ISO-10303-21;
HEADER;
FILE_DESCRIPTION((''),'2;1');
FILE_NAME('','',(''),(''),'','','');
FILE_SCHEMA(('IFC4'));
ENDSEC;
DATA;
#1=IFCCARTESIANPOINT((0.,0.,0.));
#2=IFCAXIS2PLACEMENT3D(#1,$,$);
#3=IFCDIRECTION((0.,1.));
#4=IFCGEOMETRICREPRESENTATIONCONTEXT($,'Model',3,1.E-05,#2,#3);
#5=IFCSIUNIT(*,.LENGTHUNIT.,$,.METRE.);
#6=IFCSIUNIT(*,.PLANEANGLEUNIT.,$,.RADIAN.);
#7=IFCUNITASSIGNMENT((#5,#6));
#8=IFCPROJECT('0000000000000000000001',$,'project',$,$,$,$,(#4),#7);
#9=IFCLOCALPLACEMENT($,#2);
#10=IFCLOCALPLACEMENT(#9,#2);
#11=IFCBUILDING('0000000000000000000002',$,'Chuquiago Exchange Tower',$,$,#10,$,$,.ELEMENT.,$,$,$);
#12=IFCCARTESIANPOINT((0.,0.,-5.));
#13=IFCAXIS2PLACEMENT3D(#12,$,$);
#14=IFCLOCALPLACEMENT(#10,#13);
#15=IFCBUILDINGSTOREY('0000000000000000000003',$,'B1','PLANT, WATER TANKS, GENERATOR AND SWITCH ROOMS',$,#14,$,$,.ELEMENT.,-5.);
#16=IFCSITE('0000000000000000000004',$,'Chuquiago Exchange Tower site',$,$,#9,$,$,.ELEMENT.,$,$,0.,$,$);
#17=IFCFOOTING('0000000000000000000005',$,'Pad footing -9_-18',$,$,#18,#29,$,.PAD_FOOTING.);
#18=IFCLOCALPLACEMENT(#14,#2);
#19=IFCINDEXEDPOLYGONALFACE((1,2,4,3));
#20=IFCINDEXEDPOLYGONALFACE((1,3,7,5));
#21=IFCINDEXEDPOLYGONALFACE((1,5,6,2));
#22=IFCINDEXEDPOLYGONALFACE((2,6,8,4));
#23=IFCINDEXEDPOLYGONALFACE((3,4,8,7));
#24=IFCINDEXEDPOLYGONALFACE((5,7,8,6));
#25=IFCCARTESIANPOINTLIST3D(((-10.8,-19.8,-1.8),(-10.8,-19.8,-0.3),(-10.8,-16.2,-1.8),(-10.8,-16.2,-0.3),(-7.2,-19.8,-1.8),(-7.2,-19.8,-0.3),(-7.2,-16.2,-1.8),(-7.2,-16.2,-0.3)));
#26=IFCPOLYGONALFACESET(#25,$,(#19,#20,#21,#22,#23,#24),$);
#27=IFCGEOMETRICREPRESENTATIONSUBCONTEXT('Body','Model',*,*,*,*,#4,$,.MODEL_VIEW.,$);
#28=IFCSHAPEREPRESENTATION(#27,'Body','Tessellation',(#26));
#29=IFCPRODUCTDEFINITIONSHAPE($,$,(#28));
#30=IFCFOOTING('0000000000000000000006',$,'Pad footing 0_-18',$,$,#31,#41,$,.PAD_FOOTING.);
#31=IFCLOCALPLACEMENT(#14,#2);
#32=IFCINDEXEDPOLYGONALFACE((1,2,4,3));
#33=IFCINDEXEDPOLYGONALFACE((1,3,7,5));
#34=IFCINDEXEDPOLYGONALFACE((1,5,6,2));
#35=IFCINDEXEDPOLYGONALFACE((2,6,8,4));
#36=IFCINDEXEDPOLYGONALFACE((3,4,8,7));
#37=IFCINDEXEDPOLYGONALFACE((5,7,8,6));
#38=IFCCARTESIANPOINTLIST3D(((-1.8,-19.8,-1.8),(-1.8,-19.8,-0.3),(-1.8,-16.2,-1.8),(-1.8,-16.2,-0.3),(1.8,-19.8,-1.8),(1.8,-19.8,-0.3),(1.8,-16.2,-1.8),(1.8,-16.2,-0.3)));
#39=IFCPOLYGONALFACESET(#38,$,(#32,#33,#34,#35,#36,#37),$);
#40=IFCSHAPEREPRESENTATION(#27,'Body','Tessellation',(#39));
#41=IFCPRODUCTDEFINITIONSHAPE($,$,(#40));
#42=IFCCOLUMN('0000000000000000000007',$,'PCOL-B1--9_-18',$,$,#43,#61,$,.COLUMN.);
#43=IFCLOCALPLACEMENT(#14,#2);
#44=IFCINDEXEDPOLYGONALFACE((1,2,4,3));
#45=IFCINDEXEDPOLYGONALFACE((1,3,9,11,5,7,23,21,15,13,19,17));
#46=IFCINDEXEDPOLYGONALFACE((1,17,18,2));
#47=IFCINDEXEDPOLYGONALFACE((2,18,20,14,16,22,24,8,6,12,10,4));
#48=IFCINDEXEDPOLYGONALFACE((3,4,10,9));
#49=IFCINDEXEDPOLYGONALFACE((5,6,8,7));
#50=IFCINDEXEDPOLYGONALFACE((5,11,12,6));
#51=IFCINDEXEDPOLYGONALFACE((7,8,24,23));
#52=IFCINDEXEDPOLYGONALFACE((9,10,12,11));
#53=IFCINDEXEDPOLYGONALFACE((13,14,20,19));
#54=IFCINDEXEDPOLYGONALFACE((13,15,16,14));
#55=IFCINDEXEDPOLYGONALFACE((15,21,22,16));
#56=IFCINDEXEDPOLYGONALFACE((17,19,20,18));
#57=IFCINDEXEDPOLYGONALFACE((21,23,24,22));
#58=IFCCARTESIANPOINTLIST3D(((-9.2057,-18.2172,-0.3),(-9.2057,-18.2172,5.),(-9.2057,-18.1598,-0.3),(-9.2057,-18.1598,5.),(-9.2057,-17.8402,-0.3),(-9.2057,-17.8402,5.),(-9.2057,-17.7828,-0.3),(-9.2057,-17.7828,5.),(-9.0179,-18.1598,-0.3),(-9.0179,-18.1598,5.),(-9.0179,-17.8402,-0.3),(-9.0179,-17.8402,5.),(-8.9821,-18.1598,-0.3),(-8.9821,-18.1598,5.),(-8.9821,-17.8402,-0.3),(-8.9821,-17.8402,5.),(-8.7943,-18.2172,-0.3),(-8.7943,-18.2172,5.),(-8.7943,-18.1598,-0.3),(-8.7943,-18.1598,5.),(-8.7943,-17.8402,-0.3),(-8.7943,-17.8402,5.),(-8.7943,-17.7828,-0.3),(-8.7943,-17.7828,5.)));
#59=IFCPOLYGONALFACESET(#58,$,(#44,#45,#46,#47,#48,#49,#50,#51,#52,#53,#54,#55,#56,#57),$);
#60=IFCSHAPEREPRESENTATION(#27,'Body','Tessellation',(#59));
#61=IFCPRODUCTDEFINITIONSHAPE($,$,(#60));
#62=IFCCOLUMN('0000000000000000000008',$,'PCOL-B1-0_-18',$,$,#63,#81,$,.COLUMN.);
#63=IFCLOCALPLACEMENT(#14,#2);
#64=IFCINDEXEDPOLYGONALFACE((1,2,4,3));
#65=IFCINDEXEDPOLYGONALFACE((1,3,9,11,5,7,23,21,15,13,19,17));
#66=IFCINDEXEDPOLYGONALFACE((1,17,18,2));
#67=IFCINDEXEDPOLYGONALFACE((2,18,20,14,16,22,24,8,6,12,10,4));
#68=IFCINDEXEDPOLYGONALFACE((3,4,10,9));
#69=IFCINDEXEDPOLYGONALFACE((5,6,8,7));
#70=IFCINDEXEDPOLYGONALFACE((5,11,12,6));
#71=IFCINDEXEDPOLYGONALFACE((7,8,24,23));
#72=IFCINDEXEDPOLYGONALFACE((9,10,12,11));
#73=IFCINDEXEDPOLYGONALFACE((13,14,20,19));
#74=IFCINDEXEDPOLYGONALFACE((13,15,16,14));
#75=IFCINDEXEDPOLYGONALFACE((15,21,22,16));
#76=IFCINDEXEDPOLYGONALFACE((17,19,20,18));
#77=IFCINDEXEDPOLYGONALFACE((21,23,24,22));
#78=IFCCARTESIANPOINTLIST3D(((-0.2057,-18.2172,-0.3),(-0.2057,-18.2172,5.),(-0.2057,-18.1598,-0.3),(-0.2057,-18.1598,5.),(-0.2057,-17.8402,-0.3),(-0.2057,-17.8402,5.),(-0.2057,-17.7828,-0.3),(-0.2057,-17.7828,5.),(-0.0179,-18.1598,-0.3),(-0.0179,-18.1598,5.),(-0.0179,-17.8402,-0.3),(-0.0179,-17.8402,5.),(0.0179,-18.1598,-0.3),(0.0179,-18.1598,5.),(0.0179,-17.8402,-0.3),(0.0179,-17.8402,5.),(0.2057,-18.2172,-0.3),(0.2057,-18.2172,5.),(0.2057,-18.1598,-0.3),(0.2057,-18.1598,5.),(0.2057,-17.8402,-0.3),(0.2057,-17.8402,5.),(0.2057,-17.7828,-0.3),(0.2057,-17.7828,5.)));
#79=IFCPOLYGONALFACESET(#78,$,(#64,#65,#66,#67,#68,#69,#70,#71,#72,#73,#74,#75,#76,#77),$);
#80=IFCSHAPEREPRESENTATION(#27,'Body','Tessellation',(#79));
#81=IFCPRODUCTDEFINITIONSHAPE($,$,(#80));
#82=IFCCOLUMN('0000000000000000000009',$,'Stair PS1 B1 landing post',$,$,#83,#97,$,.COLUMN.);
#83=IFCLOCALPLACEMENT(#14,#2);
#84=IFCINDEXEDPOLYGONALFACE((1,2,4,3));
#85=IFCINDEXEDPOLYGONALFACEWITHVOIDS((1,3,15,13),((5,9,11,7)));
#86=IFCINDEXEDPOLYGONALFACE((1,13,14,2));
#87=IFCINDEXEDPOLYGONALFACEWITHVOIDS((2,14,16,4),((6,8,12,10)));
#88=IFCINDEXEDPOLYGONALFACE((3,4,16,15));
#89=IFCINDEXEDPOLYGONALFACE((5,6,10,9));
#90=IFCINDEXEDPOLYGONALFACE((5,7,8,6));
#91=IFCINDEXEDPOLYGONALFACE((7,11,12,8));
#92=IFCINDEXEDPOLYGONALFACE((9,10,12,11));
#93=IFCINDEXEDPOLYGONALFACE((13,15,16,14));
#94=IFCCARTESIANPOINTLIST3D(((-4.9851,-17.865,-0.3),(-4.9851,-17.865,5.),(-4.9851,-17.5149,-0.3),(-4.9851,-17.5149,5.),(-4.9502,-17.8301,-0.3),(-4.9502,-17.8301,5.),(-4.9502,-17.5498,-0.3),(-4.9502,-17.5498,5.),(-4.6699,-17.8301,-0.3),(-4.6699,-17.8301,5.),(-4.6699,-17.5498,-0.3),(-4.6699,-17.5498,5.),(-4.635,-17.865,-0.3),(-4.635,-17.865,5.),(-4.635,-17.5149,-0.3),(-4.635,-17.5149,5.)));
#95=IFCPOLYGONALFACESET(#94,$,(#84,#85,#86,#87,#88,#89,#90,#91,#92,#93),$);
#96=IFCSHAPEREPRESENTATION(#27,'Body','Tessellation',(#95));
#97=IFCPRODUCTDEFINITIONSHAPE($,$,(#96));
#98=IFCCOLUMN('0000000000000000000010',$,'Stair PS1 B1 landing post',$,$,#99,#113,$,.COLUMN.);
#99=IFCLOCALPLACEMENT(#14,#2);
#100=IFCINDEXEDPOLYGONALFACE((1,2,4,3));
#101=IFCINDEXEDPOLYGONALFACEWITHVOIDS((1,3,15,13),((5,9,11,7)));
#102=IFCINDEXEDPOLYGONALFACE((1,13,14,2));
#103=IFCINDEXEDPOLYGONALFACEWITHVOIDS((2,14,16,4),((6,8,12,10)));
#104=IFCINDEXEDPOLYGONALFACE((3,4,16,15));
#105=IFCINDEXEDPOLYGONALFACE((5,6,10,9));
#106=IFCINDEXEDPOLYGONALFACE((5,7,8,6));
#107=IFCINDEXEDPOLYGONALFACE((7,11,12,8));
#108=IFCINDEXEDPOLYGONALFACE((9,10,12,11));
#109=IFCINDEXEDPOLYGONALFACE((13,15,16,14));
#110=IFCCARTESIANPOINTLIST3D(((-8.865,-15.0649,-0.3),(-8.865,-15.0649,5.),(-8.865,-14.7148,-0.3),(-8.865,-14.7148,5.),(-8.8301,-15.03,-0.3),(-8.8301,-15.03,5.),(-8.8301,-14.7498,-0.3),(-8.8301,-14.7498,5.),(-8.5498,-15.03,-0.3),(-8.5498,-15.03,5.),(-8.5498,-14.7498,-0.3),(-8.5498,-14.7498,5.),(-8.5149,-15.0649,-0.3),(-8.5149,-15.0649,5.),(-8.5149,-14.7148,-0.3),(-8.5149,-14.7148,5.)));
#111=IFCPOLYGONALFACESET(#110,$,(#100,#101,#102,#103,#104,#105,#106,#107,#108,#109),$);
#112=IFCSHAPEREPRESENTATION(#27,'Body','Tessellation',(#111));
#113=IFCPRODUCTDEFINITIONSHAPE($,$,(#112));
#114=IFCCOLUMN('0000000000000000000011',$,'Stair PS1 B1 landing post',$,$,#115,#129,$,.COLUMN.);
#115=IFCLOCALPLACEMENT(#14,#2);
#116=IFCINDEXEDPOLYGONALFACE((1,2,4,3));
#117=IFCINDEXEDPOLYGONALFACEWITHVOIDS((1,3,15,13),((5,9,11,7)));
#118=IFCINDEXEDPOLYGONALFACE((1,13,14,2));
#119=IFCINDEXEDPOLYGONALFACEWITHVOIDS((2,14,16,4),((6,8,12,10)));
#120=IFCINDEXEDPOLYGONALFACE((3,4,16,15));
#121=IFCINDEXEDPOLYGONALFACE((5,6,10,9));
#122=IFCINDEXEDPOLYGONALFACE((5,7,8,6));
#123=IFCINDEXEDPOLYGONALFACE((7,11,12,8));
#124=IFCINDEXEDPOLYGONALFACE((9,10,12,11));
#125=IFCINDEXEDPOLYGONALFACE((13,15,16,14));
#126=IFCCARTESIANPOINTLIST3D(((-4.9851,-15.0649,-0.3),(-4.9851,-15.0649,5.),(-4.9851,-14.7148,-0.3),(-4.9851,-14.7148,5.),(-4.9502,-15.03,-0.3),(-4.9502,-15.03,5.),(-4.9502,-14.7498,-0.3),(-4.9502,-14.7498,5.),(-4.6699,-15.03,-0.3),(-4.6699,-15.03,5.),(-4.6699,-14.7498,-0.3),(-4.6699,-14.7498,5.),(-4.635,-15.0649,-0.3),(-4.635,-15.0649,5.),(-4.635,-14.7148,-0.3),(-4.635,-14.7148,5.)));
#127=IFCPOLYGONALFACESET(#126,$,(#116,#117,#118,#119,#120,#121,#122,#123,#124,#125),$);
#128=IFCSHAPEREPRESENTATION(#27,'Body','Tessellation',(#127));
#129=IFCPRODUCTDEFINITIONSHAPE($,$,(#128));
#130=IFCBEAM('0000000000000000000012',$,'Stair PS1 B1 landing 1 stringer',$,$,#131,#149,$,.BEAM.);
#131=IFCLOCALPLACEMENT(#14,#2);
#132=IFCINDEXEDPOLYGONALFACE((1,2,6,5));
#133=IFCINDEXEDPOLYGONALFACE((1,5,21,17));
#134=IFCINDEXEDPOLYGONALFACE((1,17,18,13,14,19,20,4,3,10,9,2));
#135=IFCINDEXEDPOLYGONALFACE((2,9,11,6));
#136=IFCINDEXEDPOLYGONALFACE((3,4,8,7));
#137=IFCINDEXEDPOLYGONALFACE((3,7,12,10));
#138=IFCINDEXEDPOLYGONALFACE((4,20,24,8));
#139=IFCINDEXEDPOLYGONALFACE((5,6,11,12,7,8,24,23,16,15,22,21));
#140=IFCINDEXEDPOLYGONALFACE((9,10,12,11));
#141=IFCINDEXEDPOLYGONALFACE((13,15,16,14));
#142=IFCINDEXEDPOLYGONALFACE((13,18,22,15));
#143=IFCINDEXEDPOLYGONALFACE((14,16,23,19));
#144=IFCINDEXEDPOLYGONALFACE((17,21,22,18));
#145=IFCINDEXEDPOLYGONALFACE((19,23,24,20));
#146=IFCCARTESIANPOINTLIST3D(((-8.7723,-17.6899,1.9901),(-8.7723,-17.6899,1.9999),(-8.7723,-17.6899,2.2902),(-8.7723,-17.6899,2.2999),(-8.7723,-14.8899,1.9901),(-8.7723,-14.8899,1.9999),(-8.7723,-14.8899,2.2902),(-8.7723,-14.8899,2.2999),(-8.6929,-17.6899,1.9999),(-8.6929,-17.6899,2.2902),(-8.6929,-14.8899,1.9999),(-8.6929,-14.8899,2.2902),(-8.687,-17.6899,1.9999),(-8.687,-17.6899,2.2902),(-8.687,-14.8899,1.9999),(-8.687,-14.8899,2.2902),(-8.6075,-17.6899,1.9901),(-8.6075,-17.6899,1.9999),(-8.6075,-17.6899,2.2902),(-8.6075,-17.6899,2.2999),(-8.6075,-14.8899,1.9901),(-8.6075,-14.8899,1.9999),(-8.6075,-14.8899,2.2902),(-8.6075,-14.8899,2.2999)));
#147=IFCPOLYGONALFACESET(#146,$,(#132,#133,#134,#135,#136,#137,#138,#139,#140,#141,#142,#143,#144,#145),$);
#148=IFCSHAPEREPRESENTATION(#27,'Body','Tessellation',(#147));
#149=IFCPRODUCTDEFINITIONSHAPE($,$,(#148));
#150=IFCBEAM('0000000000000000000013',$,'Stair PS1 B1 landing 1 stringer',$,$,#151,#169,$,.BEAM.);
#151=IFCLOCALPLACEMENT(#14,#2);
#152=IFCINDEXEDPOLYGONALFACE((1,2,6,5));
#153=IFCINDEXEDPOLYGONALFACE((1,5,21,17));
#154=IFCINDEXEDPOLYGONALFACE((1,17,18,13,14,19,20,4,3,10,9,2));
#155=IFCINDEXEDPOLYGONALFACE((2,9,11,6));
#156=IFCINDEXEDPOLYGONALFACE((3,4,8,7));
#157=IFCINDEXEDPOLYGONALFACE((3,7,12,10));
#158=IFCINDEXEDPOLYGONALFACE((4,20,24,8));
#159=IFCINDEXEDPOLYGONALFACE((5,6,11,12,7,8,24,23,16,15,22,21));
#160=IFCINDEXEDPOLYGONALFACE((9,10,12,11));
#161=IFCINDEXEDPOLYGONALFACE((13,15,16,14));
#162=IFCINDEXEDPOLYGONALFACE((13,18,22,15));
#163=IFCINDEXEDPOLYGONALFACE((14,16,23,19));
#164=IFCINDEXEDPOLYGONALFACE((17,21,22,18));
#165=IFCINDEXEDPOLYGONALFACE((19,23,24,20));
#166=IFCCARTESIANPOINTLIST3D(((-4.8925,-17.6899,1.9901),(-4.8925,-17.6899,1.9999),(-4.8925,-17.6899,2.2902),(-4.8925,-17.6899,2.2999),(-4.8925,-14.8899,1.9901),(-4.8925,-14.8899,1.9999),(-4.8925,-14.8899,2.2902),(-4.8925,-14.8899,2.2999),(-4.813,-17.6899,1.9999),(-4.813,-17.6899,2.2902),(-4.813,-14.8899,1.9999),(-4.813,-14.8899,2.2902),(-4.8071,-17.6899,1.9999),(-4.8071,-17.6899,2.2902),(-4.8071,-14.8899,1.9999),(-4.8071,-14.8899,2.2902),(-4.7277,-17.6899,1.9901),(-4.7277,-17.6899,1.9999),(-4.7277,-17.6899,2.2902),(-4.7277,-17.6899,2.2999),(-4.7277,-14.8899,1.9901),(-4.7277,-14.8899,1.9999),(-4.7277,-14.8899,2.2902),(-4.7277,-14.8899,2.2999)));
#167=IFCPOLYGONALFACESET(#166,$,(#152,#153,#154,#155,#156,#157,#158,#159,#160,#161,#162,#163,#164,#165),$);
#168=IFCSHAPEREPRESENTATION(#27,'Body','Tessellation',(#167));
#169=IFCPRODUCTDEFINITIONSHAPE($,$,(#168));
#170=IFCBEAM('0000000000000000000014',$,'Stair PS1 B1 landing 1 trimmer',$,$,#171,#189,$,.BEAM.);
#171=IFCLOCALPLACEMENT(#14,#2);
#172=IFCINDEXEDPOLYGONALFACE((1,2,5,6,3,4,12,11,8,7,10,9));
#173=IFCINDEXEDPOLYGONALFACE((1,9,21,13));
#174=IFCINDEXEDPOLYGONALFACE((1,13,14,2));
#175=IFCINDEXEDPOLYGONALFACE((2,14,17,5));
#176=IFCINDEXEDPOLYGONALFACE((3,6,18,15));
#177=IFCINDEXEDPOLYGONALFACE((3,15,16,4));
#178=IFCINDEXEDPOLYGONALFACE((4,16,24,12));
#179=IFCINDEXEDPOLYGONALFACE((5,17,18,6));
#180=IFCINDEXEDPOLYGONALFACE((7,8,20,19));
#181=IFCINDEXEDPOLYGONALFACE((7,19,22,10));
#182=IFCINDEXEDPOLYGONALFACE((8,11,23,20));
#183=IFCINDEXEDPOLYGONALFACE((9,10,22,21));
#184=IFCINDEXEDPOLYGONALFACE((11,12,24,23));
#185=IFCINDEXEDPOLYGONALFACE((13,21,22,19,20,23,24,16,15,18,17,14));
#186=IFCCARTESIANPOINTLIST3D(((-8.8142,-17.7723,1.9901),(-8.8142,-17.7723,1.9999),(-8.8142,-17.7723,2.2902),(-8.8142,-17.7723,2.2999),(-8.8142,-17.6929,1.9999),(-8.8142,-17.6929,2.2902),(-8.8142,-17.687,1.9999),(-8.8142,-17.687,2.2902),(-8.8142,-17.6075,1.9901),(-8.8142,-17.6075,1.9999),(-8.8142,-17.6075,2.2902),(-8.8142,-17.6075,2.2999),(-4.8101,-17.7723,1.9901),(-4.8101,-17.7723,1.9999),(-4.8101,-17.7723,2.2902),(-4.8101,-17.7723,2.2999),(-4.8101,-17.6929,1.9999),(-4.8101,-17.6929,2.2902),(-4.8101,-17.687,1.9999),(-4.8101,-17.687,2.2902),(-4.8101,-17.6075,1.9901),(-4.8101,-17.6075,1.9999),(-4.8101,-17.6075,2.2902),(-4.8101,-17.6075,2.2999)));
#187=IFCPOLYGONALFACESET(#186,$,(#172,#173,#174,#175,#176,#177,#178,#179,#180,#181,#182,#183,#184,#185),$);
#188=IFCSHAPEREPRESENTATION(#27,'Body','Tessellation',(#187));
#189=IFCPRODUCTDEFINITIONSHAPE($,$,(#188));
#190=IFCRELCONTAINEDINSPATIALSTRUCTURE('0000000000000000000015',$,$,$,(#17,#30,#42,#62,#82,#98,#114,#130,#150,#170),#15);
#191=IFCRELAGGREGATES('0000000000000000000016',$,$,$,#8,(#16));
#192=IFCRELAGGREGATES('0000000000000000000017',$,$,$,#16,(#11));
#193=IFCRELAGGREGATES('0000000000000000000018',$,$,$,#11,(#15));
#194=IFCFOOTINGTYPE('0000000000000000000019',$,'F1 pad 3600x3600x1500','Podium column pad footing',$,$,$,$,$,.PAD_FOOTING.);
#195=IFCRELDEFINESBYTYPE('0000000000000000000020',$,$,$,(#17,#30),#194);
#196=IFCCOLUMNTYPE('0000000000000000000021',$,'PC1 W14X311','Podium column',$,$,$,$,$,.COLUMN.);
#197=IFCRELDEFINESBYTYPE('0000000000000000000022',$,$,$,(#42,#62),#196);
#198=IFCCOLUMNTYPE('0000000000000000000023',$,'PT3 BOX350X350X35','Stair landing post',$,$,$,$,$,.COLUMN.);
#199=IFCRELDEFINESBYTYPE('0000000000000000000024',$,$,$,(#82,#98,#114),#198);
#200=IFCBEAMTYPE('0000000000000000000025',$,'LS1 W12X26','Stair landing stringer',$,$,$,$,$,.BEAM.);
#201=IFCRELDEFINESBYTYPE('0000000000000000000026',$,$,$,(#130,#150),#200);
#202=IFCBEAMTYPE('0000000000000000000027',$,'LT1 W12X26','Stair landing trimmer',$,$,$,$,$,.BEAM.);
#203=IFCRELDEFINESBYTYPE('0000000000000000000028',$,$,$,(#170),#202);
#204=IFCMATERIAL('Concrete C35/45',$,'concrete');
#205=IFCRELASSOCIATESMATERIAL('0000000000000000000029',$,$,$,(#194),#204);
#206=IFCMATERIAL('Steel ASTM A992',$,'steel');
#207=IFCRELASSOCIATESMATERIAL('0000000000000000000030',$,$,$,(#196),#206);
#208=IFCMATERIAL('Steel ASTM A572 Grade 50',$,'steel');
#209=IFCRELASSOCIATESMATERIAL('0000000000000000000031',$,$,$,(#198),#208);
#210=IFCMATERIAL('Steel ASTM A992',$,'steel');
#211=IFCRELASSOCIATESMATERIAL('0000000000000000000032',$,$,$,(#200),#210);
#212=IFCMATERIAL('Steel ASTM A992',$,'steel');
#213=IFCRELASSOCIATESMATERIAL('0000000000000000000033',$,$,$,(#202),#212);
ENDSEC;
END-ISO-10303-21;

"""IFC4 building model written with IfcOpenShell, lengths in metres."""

from ifc_helpers import new_model, si_unit, direction, frame, origin, origin_2d, place, context, subcontext, project, spatial, rectangle, hollow_rectangle, i_section, extrude, material, material_profile, profile_set, type_object, element, save


model = new_model("IFC4")

# Units and contexts
model_context = context("Model", 3, precision=1e-05, world=origin(), true_north=direction((0.0, 1.0)))
body_context = subcontext(model_context, "Body", "Model", "MODEL_VIEW")
ifc_project = project(units=[si_unit("LENGTHUNIT", "METRE"), si_unit("PLANEANGLEUNIT", "RADIAN")], contexts=[model_context])

# Site, building, storey
site_placement = place(None, origin())
site = spatial("IfcSite", under=ifc_project, at=site_placement, Name="Chuquiago Exchange Tower site", CompositionType="ELEMENT", RefElevation=0.0)
building_placement = place(site_placement, origin())
building = spatial("IfcBuilding", under=site, at=building_placement, Name="Chuquiago Exchange Tower", CompositionType="ELEMENT")
storey_placement = place(building_placement, frame((0.0, 0.0, -5.0)))
storey = spatial("IfcBuildingStorey", under=building, at=storey_placement, Name="B1", Description="PLANT, WATER TANKS, GENERATOR AND SWITCH ROOMS", CompositionType="ELEMENT", Elevation=-5.0)

# Footings
ifc_material_1 = material(Name="Concrete C35/45", Category="concrete")
footing_type = type_object("IfcFootingType", Name="F1 pad 3600x3600x1500", Description="Podium column pad footing", PredefinedType="PAD_FOOTING", material=ifc_material_1)
for number, where, z_axis, x_axis, name in (
    (1, (-9.0, -18.0, -1.8), (0.0, 0.0, 1.0), (1.0, 0.0, 0.0), "Pad footing -9_-18"),
    (2, (0.0, -18.0, -1.8), (0.0, 0.0, 1.0), (1.0, 0.0, 0.0), "Pad footing 0_-18"),
):
    element("IfcFooting", number, at=place(storey_placement, frame(where, z_axis=z_axis, x_axis=x_axis)), inside=storey, type_object=footing_type, Name=name, PredefinedType="PAD_FOOTING", context=body_context, shape_type="SweptSolid", body=[
        extrude(rectangle(XDim=3.6001, YDim=3.6001, at=origin_2d()), origin(), (0.0, 0.0, 1.0), 1.5),
    ])

# Columns
ifc_material_2 = material(Name="Steel ASTM A992", Category="steel")
ifc_material_profile_1 = material_profile(ifc_material_2, i_section(OverallWidth=0.4114, OverallDepth=0.4343, WebThickness=0.0359, FlangeThickness=0.0574, at=origin_2d()), Name="W14X311")
ifc_profile_set_1 = profile_set([ifc_material_profile_1], Name="Steel ASTM A992")
column_type_1 = type_object("IfcColumnType", Name="PC1 W14X311", Description="Podium column", PredefinedType="COLUMN", material=ifc_profile_set_1)
for number, where, z_axis, x_axis, name in (
    (3, (-9.0, -18.0, -0.3), (0.0, 0.0, 1.0), (1.0, 0.0, 0.0), "PCOL-B1--9_-18"),
    (4, (0.0, -18.0, -0.3), (0.0, 0.0, 1.0), (1.0, 0.0, 0.0), "PCOL-B1-0_-18"),
):
    element("IfcColumn", number, at=place(storey_placement, frame(where, z_axis=z_axis, x_axis=x_axis)), inside=storey, type_object=column_type_1, Name=name, PredefinedType="COLUMN", context=body_context, shape_type="SweptSolid", body=[
        extrude(i_section(OverallWidth=0.4114, OverallDepth=0.4343, WebThickness=0.0359, FlangeThickness=0.0574, at=origin_2d()), origin(), (0.0, 0.0, 1.0), 5.3),
    ])
ifc_material_3 = material(Name="Steel ASTM A572 Grade 50", Category="steel")
ifc_material_profile_2 = material_profile(ifc_material_3, hollow_rectangle(XDim=0.3501, YDim=0.3501, WallThickness=0.0349, at=origin_2d()), Name="BOX350X350X35")
ifc_profile_set_2 = profile_set([ifc_material_profile_2], Name="Steel ASTM A572 Grade 50")
column_type_2 = type_object("IfcColumnType", Name="PT3 BOX350X350X35", Description="Stair landing post", PredefinedType="COLUMN", material=ifc_profile_set_2)
for number, where, z_axis, x_axis, name in (
    (5, (-4.8101, -17.6899, -0.3), (0.0, 0.0, 1.0), (1.0, 0.0, 0.0), "Stair PS1 B1 landing post"),
    (6, (-8.6899, -14.8899, -0.3), (0.0, 0.0, 1.0), (1.0, 0.0, 0.0), "Stair PS1 B1 landing post"),
    (7, (-4.8101, -14.8899, -0.3), (0.0, 0.0, 1.0), (1.0, 0.0, 0.0), "Stair PS1 B1 landing post"),
):
    element("IfcColumn", number, at=place(storey_placement, frame(where, z_axis=z_axis, x_axis=x_axis)), inside=storey, type_object=column_type_2, Name=name, PredefinedType="COLUMN", context=body_context, shape_type="SweptSolid", body=[
        extrude(hollow_rectangle(XDim=0.3501, YDim=0.3501, WallThickness=0.0349, at=origin_2d()), origin(), (0.0, 0.0, 1.0), 5.3),
    ])

# Beams
ifc_material_4 = material(Name="Steel ASTM A992", Category="steel")
ifc_material_profile_3 = material_profile(ifc_material_4, i_section(OverallWidth=0.1648, OverallDepth=0.3098, WebThickness=0.0059, FlangeThickness=0.0098, at=origin_2d()), Name="W12X26")
ifc_profile_set_3 = profile_set([ifc_material_profile_3], Name="Steel ASTM A992")
beam_type_1 = type_object("IfcBeamType", Name="LS1 W12X26", Description="Stair landing stringer", PredefinedType="BEAM", material=ifc_profile_set_3)
for number, where, z_axis, x_axis, name in (
    (8, (-8.6899, -17.6899, 2.145), (0.0, 1.0, 0.0), (-1.0, 0.0, 0.0), "Stair PS1 B1 landing 1 stringer"),
    (9, (-4.8101, -17.6899, 2.145), (0.0, 1.0, 0.0), (-1.0, 0.0, 0.0), "Stair PS1 B1 landing 1 stringer"),
):
    element("IfcBeam", number, at=place(storey_placement, frame(where, z_axis=z_axis, x_axis=x_axis)), inside=storey, type_object=beam_type_1, Name=name, PredefinedType="BEAM", context=body_context, shape_type="SweptSolid", body=[
        extrude(i_section(OverallWidth=0.1648, OverallDepth=0.3098, WebThickness=0.0059, FlangeThickness=0.0098, at=origin_2d()), origin(), (0.0, 0.0, 1.0), 2.8),
    ])
ifc_material_5 = material(Name="Steel ASTM A992", Category="steel")
ifc_material_profile_4 = material_profile(ifc_material_5, i_section(OverallWidth=0.1648, OverallDepth=0.3098, WebThickness=0.0059, FlangeThickness=0.0098, at=origin_2d()), Name="W12X26")
ifc_profile_set_4 = profile_set([ifc_material_profile_4], Name="Steel ASTM A992")
beam_type_2 = type_object("IfcBeamType", Name="LT1 W12X26", Description="Stair landing trimmer", PredefinedType="BEAM", material=ifc_profile_set_4)
beam_1_placement = place(storey_placement, frame((-8.8142, -17.6899, 2.145), z_axis=(1.0, 0.0, 0.0), x_axis=(0.0, 1.0, 0.0)))
element("IfcBeam", 10, at=beam_1_placement, inside=storey, type_object=beam_type_2, Name="Stair PS1 B1 landing 1 trimmer", PredefinedType="BEAM", context=body_context, shape_type="SweptSolid", body=[
    extrude(i_section(OverallWidth=0.1648, OverallDepth=0.3098, WebThickness=0.0059, FlangeThickness=0.0098, at=origin_2d()), origin(), (0.0, 0.0, 1.0), 4.0042),
])

save(model, "model.ifc")
